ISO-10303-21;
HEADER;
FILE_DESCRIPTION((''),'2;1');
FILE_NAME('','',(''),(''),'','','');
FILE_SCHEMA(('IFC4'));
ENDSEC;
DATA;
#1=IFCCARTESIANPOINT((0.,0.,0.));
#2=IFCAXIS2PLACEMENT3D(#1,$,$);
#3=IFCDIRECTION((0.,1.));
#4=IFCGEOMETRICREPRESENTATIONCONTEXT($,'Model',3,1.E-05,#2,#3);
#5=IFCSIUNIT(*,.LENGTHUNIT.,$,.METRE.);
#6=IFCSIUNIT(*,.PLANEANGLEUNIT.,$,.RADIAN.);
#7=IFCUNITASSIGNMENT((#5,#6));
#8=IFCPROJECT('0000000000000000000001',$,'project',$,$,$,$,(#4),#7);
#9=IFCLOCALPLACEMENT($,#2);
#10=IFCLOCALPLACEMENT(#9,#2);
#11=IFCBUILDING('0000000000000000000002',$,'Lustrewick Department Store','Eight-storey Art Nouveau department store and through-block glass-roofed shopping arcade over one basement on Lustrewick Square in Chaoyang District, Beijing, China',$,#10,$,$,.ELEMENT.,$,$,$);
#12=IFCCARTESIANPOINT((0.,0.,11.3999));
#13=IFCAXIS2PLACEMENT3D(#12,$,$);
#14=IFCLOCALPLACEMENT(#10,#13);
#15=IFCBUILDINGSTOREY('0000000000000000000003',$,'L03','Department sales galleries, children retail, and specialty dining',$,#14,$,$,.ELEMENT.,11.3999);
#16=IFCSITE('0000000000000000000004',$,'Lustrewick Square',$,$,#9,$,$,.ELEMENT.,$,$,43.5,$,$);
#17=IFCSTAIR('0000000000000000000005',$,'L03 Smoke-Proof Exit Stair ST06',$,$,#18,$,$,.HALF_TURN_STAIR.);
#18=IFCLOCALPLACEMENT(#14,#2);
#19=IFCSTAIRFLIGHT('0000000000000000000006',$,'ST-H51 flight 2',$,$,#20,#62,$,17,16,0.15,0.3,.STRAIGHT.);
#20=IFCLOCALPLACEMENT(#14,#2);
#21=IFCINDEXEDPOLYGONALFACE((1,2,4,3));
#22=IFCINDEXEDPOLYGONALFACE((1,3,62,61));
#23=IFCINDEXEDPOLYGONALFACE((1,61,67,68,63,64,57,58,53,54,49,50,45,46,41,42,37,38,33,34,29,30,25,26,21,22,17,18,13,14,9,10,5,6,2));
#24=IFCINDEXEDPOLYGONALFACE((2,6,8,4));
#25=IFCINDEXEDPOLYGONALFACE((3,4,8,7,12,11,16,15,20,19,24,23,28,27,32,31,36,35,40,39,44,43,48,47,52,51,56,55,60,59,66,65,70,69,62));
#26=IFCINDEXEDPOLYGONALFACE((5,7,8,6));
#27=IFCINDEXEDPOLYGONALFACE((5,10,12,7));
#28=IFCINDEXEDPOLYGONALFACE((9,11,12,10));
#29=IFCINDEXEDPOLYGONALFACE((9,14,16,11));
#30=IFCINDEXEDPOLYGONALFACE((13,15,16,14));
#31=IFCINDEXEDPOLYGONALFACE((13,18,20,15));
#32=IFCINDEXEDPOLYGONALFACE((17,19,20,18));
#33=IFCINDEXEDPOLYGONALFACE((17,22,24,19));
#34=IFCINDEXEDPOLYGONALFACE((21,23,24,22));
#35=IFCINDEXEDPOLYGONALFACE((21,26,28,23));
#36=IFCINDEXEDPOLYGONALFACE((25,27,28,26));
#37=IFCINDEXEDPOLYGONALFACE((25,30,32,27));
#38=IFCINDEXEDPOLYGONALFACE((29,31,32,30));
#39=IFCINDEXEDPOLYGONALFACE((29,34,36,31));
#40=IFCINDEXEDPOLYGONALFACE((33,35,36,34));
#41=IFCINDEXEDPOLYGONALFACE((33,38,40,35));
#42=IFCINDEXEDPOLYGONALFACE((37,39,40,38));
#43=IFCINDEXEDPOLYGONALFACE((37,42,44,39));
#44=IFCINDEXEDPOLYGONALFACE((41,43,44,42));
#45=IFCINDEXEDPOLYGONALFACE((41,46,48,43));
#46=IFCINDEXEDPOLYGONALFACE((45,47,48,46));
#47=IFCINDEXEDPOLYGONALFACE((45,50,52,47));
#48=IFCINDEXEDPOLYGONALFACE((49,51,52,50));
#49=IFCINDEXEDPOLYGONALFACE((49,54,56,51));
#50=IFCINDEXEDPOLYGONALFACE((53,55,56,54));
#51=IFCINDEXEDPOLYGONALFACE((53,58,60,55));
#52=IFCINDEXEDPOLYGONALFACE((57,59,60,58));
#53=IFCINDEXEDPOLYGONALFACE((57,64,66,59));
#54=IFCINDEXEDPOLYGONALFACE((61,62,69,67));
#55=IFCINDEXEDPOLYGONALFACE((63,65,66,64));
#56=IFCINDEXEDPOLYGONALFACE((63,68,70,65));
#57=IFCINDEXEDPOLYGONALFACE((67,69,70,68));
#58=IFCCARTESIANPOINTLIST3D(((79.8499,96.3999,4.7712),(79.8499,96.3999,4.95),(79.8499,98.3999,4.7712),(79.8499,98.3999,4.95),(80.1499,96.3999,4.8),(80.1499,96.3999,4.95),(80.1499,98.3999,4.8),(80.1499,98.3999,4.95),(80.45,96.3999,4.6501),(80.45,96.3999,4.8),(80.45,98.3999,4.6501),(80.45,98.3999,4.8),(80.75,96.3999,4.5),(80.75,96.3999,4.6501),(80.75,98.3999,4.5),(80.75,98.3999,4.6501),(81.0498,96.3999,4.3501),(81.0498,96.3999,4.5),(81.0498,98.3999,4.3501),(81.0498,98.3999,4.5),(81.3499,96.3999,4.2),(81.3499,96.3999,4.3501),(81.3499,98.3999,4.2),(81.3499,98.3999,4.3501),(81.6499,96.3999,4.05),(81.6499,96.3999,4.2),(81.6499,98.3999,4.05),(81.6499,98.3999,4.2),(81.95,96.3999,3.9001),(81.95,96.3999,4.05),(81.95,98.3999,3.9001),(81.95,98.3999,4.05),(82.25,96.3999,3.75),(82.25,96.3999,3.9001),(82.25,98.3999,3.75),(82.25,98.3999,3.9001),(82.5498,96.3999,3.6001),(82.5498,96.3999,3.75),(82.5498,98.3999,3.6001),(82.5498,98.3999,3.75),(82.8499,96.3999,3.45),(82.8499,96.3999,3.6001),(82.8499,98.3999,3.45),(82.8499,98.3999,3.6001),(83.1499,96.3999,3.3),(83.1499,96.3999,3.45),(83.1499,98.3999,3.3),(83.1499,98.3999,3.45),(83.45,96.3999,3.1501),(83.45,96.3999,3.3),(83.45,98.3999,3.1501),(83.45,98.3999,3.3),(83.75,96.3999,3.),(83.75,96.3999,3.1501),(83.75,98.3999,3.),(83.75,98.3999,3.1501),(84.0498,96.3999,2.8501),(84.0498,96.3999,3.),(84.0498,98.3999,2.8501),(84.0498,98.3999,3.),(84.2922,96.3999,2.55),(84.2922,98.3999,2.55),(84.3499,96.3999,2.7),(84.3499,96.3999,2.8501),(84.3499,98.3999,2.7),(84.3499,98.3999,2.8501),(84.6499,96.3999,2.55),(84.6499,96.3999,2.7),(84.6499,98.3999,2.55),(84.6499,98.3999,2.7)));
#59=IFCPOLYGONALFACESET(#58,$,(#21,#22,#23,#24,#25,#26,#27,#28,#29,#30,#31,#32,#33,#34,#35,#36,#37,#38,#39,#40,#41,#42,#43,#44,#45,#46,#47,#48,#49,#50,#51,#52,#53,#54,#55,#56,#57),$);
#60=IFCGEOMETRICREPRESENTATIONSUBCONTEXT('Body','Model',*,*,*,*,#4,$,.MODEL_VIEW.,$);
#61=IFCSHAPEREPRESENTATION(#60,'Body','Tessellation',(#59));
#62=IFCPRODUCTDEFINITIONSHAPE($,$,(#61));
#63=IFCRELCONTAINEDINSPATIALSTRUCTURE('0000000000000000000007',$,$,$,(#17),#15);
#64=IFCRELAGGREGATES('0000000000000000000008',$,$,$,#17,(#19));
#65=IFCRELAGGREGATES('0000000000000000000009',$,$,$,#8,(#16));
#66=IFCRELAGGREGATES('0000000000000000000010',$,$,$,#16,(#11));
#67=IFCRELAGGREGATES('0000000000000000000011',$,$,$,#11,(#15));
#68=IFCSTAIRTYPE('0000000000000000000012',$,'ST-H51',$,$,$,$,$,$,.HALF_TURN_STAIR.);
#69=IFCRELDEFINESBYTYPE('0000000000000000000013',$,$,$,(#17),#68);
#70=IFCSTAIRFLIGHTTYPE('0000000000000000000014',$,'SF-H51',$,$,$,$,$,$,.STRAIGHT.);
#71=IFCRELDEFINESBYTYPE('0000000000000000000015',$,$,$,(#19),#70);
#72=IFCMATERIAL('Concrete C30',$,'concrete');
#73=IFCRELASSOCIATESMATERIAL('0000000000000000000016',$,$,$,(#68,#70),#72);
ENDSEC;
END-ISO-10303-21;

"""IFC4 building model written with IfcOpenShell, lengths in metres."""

from ifc_helpers import new_model, si_unit, direction, frame, origin, place, context, subcontext, project, spatial, polyline, outline, extrude, material, type_object, element, aggregate, save


model = new_model("IFC4")

# Units and contexts
model_context = context("Model", 3, precision=1e-05, world=origin(), true_north=direction((0.0, 1.0)))
body_context = subcontext(model_context, "Body", "Model", "MODEL_VIEW")
ifc_project = project(units=[si_unit("LENGTHUNIT", "METRE"), si_unit("PLANEANGLEUNIT", "RADIAN")], contexts=[model_context])

# Site, building, storey
site_placement = place(None, origin())
site = spatial("IfcSite", under=ifc_project, at=site_placement, Name="Lustrewick Square", CompositionType="ELEMENT", RefElevation=43.5)
building_placement = place(site_placement, origin())
building = spatial("IfcBuilding", under=site, at=building_placement, Name="Lustrewick Department Store", Description="Eight-storey Art Nouveau department store and through-block glass-roofed shopping arcade over one basement on Lustrewick Square in Chaoyang District, Beijing, China", CompositionType="ELEMENT")
storey_placement = place(building_placement, frame((0.0, 0.0, 11.3999)))
storey = spatial("IfcBuildingStorey", under=building, at=storey_placement, Name="L03", Description="Department sales galleries, children retail, and specialty dining", CompositionType="ELEMENT", Elevation=11.3999)

# Stair, stair flight
ifc_material_1 = material(Name="Concrete C30", Category="concrete")
stair_type = type_object("IfcStairType", Name="ST-H51", PredefinedType="HALF_TURN_STAIR", material=ifc_material_1)
stair_placement = place(storey_placement, origin())
stair = element("IfcStair", 1, at=stair_placement, inside=storey, type_object=stair_type, Name="L03 Smoke-Proof Exit Stair ST06", PredefinedType="HALF_TURN_STAIR")
stair_flight_type = type_object("IfcStairFlightType", Name="SF-H51", PredefinedType="STRAIGHT", material=ifc_material_1)
stair_flight_1_placement = place(storey_placement, frame((84.6499, 97.3999, 2.55), z_axis=(0.0, 0.0, 1.0), x_axis=(-1.0, 0.0, 0.0)))
stair_flight_1 = element("IfcStairFlight", 2, at=stair_flight_1_placement, type_object=stair_flight_type, Name="ST-H51 flight 2", NumberOfRisers=17, NumberOfTreads=16, PredefinedType="STRAIGHT", RiserHeight=0.15, TreadLength=0.3, context=body_context, shape_type="SweptSolid", body=[
    extrude(outline(polyline([(0.0, 0.0), (0.0, 0.1499), (0.3, 0.1499), (0.3, 0.3), (0.6001, 0.3), (0.6001, 0.45), (0.8999, 0.45), (0.8999, 0.6001), (1.2, 0.6001), (1.2, 0.75), (1.5, 0.75), (1.5, 0.8999), (1.8, 0.8999), (1.8, 1.05), (2.1001, 1.05), (2.1001, 1.2), (2.3999, 1.2), (2.3999, 1.3501), (2.7, 1.3501), (2.7, 1.5), (3.0, 1.5), (3.0, 1.6499), (3.3, 1.6499), (3.3, 1.8), (3.6001, 1.8), (3.6001, 1.95), (3.8999, 1.95), (3.8999, 2.1001), (4.2, 2.1001), (4.2, 2.25), (4.5, 2.25), (4.5, 2.3999), (4.8, 2.3999), (4.8, 2.55), (4.8, 2.2212), (0.3577, 0.0), (0.0, 0.0)])), frame((0.0, 1.0, 0.0), z_axis=(0.0, -1.0, 0.0), x_axis=(1.0, 0.0, 0.0)), (0.0, 0.0, 1.0), 2.0),
])
aggregate(stair, [stair_flight_1])

save(model, "model.ifc")
